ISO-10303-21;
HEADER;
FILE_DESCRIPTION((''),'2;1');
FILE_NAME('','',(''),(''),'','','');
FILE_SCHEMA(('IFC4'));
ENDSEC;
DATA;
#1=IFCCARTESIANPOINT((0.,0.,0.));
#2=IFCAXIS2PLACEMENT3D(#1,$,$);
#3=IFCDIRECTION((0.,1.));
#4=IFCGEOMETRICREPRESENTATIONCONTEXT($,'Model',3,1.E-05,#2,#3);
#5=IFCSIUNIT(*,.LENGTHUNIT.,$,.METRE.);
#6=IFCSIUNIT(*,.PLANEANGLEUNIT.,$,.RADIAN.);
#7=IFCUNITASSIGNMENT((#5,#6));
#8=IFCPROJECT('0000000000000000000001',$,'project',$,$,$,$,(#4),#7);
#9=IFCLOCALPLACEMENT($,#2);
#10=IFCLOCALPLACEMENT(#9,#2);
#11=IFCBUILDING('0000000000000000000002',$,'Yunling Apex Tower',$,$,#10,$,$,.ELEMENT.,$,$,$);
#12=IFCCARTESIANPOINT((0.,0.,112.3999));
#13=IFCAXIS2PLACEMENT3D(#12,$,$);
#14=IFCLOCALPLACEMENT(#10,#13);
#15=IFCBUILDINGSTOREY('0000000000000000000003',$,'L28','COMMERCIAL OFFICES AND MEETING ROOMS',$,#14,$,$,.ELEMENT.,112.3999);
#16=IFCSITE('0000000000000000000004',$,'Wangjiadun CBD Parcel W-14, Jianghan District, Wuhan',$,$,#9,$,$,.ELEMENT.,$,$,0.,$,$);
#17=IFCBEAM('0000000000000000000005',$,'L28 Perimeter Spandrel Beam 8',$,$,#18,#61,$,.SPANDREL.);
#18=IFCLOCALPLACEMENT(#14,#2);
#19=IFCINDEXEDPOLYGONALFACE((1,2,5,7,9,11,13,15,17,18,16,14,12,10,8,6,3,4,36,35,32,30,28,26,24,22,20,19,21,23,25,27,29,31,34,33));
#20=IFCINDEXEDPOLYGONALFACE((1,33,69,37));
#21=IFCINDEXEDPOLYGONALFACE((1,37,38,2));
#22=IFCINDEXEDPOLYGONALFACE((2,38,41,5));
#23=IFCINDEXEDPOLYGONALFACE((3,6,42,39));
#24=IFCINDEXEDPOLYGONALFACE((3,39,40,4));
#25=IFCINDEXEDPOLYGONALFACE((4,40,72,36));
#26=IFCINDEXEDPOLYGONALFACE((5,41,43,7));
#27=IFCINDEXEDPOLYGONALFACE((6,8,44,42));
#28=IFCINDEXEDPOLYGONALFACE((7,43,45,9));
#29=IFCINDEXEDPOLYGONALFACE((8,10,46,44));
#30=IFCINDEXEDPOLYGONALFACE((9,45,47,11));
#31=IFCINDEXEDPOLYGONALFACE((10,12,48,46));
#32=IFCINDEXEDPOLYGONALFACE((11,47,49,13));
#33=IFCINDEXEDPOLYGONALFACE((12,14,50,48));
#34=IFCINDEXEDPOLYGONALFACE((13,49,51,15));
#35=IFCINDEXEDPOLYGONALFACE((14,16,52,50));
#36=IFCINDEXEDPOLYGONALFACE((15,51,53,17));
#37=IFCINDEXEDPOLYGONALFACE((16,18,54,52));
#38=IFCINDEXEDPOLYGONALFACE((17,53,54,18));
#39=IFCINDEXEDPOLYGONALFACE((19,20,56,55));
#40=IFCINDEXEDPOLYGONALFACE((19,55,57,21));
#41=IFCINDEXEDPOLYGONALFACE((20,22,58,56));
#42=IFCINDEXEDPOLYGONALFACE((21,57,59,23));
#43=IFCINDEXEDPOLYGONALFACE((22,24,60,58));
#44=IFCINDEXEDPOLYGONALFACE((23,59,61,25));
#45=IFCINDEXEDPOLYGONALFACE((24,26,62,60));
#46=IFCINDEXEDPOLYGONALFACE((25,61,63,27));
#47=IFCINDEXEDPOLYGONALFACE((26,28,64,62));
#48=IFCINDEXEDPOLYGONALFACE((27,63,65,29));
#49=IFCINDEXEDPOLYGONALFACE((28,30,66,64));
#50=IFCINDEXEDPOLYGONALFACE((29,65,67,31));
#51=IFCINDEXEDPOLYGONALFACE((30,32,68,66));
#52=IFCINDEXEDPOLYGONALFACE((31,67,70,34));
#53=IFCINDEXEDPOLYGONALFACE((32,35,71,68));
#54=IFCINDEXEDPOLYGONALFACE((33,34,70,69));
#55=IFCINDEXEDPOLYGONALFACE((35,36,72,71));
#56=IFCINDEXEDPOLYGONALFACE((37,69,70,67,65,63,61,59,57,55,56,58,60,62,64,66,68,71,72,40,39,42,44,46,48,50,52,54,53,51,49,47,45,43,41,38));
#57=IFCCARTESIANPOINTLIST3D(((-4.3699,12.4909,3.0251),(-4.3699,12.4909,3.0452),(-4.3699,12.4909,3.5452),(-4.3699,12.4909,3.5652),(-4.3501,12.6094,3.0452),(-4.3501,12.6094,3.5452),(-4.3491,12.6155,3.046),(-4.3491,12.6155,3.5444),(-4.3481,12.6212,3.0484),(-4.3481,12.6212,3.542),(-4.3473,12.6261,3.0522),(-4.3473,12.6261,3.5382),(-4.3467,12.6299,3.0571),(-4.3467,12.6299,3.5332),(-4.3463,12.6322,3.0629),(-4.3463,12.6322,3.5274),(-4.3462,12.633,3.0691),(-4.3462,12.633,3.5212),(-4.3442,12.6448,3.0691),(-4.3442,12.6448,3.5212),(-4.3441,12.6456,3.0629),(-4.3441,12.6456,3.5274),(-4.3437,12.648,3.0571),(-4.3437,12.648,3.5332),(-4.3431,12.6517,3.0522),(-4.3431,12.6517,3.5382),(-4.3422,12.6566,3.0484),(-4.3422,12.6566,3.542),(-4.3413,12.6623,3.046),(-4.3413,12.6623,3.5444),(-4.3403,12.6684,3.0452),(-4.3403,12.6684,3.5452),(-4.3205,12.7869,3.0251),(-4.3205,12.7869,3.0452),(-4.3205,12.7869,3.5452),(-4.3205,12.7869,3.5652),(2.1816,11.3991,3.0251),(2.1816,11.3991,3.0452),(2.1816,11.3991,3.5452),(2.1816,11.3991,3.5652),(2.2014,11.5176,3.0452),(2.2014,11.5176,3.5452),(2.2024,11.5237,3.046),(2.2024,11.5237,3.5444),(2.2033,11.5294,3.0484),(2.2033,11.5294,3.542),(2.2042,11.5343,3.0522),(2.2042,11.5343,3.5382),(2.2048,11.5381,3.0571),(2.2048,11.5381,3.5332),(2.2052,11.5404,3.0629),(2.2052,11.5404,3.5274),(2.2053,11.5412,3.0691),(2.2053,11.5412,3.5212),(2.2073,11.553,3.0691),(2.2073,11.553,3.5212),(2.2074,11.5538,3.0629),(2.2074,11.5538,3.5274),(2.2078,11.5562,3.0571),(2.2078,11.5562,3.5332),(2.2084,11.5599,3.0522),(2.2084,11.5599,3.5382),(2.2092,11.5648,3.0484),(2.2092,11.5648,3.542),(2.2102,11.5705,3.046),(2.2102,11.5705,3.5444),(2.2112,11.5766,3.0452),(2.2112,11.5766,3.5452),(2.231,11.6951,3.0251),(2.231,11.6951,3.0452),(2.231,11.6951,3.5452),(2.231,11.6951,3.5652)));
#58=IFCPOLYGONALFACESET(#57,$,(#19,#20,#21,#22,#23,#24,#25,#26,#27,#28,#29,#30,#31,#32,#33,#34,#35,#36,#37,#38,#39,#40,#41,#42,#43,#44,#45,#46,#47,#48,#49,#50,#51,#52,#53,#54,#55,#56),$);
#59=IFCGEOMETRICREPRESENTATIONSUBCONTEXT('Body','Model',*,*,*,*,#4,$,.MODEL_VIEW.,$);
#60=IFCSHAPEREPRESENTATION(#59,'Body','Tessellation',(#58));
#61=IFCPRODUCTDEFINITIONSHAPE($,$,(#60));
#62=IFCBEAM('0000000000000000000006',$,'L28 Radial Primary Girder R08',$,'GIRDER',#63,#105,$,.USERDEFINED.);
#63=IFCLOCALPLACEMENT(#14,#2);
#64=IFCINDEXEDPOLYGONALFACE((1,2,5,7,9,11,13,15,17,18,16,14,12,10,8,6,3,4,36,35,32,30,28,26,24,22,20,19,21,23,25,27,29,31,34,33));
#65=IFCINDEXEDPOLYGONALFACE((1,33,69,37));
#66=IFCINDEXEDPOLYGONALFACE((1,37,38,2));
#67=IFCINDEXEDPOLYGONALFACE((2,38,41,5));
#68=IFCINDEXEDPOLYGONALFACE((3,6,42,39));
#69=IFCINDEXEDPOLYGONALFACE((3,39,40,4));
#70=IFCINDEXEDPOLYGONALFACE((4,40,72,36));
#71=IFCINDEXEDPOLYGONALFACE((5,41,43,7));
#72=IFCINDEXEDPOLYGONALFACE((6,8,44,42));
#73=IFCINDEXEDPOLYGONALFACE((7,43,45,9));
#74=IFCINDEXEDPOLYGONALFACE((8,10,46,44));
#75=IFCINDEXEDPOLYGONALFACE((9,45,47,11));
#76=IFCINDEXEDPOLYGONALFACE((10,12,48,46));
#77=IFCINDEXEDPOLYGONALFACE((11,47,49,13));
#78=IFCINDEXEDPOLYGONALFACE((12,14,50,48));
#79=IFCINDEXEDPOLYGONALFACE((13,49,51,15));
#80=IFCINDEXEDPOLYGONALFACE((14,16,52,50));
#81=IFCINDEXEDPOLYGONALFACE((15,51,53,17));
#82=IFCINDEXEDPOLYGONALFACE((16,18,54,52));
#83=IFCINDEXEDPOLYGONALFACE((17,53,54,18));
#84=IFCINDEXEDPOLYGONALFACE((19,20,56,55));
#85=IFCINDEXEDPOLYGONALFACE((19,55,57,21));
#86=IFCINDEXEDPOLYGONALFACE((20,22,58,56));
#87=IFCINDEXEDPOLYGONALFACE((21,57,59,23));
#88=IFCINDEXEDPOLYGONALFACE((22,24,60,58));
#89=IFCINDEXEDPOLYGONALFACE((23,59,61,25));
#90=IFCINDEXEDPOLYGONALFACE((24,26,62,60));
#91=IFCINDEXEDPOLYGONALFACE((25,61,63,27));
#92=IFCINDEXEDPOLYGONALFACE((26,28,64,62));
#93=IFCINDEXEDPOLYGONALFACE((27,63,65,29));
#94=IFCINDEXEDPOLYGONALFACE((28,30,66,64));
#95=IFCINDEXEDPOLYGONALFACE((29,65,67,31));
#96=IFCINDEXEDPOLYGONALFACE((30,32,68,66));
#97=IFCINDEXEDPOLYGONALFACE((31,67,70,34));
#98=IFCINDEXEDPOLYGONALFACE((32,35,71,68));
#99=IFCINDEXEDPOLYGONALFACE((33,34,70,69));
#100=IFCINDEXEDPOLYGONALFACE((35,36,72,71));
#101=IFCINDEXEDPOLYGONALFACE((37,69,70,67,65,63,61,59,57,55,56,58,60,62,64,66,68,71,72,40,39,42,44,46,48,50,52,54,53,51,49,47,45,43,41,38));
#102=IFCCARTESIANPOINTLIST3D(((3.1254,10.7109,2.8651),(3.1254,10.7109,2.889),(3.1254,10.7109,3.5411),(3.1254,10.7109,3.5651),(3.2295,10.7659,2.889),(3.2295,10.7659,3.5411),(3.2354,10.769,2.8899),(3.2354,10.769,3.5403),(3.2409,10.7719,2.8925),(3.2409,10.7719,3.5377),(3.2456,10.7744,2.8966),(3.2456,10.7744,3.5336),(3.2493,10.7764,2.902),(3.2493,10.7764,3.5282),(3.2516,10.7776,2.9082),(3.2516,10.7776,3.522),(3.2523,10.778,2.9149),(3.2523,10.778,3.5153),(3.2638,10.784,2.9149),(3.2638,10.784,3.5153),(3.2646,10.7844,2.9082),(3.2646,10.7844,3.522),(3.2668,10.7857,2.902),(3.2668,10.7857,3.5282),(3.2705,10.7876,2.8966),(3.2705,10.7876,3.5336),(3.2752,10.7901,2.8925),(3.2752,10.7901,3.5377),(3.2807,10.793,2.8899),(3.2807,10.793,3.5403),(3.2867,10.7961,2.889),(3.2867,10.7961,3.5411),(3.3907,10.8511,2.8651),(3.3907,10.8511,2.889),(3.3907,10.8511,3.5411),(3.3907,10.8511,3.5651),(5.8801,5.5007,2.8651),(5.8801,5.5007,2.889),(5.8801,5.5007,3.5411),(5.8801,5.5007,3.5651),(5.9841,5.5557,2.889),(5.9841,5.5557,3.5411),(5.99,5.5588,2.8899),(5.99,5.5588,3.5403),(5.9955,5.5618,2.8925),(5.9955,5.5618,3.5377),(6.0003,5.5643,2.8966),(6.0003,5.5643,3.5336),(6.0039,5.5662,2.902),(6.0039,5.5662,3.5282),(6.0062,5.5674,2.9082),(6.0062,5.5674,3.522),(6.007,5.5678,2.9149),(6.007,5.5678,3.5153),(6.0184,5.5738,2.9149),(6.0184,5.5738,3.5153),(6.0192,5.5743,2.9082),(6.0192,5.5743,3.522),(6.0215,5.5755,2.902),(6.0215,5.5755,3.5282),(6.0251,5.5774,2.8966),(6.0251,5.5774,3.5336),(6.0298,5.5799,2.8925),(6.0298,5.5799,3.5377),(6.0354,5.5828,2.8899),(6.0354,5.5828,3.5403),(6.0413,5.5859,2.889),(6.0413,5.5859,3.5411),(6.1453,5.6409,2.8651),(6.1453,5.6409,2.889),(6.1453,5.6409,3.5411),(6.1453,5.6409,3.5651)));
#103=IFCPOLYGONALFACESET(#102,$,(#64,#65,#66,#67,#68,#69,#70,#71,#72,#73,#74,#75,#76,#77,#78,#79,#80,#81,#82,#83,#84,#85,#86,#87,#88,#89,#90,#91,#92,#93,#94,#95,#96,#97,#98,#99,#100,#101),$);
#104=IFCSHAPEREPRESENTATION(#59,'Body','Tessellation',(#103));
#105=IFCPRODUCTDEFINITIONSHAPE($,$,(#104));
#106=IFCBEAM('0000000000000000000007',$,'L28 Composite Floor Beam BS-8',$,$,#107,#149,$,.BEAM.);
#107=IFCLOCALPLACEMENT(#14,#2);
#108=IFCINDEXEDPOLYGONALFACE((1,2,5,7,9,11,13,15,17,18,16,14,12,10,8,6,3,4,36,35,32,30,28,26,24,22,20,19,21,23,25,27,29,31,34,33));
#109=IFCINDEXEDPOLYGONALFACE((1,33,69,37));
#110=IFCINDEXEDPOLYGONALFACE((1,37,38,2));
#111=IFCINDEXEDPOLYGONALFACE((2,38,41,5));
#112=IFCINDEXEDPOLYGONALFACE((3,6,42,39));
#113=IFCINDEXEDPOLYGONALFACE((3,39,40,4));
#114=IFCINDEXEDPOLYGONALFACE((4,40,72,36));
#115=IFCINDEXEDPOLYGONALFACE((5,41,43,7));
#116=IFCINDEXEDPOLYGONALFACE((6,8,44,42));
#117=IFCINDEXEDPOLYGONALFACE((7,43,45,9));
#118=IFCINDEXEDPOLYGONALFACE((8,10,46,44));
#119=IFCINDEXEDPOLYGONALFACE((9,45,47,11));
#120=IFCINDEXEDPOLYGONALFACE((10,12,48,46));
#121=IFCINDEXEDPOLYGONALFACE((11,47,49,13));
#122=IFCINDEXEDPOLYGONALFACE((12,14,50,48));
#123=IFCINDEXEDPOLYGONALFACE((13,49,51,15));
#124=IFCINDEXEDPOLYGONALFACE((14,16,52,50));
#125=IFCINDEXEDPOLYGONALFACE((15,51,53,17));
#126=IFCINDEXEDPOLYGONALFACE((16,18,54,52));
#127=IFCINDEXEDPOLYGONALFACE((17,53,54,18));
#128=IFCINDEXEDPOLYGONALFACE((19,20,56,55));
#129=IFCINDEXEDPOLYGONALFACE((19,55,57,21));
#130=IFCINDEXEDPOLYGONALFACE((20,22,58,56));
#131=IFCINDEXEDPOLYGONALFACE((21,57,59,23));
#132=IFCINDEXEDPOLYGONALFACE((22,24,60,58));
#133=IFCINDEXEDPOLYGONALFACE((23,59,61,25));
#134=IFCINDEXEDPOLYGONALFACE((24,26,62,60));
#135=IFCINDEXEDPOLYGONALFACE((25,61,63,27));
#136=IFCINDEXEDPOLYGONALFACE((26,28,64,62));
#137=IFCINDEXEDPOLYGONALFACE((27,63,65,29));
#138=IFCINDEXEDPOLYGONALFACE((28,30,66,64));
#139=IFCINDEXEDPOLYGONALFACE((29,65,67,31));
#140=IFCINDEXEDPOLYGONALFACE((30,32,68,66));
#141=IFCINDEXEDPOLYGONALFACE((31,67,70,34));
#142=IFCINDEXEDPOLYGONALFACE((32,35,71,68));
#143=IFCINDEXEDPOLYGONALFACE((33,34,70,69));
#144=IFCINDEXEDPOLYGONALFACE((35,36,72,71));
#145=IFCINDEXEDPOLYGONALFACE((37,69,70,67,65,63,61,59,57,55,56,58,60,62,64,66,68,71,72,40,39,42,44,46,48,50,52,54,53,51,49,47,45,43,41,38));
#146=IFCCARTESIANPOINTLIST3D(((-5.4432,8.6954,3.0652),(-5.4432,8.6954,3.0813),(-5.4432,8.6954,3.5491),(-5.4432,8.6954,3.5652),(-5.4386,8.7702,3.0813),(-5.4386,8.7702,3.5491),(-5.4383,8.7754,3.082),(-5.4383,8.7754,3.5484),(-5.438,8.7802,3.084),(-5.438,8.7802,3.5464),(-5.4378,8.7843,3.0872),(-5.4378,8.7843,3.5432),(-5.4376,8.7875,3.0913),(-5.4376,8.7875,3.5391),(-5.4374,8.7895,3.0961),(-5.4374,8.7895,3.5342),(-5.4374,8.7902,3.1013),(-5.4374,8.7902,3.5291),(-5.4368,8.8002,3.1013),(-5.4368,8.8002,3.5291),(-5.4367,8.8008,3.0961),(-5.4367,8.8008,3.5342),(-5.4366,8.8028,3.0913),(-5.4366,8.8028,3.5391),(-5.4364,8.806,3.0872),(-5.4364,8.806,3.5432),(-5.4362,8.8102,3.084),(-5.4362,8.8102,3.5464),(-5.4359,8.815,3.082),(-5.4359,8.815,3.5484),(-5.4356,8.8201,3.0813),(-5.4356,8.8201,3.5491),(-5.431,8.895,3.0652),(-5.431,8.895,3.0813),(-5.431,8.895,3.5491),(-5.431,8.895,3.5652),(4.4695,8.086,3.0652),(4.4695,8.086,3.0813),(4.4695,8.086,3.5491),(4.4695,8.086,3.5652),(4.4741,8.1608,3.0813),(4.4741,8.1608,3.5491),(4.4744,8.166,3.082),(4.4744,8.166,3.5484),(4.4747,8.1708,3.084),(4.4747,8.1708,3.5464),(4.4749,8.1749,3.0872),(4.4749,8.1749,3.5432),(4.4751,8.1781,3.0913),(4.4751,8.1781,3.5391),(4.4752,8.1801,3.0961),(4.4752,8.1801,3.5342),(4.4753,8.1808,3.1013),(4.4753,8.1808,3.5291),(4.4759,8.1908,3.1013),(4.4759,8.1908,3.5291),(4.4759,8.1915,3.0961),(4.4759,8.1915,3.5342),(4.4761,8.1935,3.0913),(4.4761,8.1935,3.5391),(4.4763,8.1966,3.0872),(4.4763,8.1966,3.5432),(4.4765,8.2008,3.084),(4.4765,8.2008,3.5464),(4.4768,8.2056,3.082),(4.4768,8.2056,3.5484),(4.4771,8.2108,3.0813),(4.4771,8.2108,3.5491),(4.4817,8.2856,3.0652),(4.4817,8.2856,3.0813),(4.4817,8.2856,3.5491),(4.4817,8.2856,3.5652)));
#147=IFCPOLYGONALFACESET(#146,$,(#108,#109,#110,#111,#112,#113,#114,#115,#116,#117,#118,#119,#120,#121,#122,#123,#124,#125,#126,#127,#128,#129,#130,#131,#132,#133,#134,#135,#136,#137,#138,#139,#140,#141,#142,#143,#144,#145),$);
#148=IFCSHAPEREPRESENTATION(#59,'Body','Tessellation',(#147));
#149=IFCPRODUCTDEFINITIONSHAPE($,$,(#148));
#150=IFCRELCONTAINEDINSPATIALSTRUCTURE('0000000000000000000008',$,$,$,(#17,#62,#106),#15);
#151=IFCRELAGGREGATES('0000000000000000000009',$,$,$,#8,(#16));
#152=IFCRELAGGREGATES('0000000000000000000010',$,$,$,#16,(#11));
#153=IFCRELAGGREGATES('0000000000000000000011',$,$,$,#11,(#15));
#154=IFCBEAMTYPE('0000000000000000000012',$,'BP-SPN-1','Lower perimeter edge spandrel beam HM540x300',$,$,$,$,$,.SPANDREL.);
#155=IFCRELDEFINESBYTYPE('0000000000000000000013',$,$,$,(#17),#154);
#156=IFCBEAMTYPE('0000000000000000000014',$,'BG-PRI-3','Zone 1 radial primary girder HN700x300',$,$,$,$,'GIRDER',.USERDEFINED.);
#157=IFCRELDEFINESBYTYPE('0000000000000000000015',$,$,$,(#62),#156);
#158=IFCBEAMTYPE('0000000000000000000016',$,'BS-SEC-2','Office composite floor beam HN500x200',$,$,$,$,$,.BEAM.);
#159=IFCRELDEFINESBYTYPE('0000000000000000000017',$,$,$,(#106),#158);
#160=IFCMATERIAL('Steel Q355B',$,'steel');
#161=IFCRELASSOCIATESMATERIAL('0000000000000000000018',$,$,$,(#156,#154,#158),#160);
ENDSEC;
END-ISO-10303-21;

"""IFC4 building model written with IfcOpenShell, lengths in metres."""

from ifc_helpers import new_model, si_unit, direction, frame, origin, origin_2d, place, context, subcontext, project, spatial, i_section, extrude, source, transform, mapped, material, material_profile, profile_set, type_object, element, save


model = new_model("IFC4")

# Units and contexts
model_context = context("Model", 3, precision=1e-05, world=origin(), true_north=direction((0.0, 1.0)))
body_context = subcontext(model_context, "Body", "Model", "MODEL_VIEW")
ifc_project = project(units=[si_unit("LENGTHUNIT", "METRE"), si_unit("PLANEANGLEUNIT", "RADIAN")], contexts=[model_context])

# Site, building, storey
site_placement = place(None, origin())
site = spatial("IfcSite", under=ifc_project, at=site_placement, Name="Wangjiadun CBD Parcel W-14, Jianghan District, Wuhan", CompositionType="ELEMENT", RefElevation=0.0)
building_placement = place(site_placement, origin())
building = spatial("IfcBuilding", under=site, at=building_placement, Name="Yunling Apex Tower", CompositionType="ELEMENT")
storey_placement = place(building_placement, frame((0.0, 0.0, 112.3999)))
storey = spatial("IfcBuildingStorey", under=building, at=storey_placement, Name="L28", Description="COMMERCIAL OFFICES AND MEETING ROOMS", CompositionType="ELEMENT", Elevation=112.3999)

# Beams
ifc_material_1 = material(Name="Steel Q355B", Category="steel")
ifc_material_profile_1 = material_profile(ifc_material_1, i_section(OverallWidth=0.3, OverallDepth=0.7, WebThickness=0.0129, FlangeThickness=0.0239, FilletRadius=0.0259, at=origin_2d()))
ifc_profile_set_1 = profile_set([ifc_material_profile_1], Name="Steel Q355B")
beam_type_1 = type_object("IfcBeamType", Name="BG-PRI-3", Description="Zone 1 radial primary girder HN700x300", ElementType="GIRDER", PredefinedType="USERDEFINED", material=ifc_profile_set_1)
ifc_material_profile_2 = material_profile(ifc_material_1, i_section(OverallWidth=0.3, OverallDepth=0.54, WebThickness=0.012, FlangeThickness=0.02, FilletRadius=0.0239, at=origin_2d()))
ifc_profile_set_2 = profile_set([ifc_material_profile_2], Name="Steel Q355B")
beam_type_2 = type_object("IfcBeamType", Name="BP-SPN-1", Description="Lower perimeter edge spandrel beam HM540x300", PredefinedType="SPANDREL", material=ifc_profile_set_2)
shared_shape_1 = source(origin(), body_context, "Body", "SweptSolid", [
    extrude(i_section(OverallWidth=0.3, OverallDepth=0.54, WebThickness=0.012, FlangeThickness=0.02, FilletRadius=0.0239, at=origin_2d()), origin(), (0.0, 0.0, 1.0), 6.6418),
])
beam_1_placement = place(storey_placement, frame((2.2063, 11.5471, 3.2952), z_axis=(-0.986397, 0.164381, 0.0), x_axis=(-0.164381, -0.986397, 0.0)))
element("IfcBeam", 1, at=beam_1_placement, inside=storey, type_object=beam_type_2, Name="L28 Perimeter Spandrel Beam 8", PredefinedType="SPANDREL", context=body_context, shape_type="MappedRepresentation", body=[
    mapped(shared_shape_1, transform((0.0, 0.0, 0.0), scale=1.0)),
])
shared_shape_2 = source(origin(), body_context, "Body", "SweptSolid", [
    extrude(i_section(OverallWidth=0.3, OverallDepth=0.7, WebThickness=0.0129, FlangeThickness=0.0239, FilletRadius=0.0259, at=origin_2d()), origin(), (0.0, 0.0, 1.0), 5.8936),
])
beam_2_placement = place(storey_placement, frame((3.2581, 10.781, 3.2151), z_axis=(0.467397, -0.884048, 0.0), x_axis=(0.884048, 0.467397, 0.0)))
element("IfcBeam", 2, at=beam_2_placement, inside=storey, type_object=beam_type_1, Name="L28 Radial Primary Girder R08", ObjectType="GIRDER", PredefinedType="USERDEFINED", context=body_context, shape_type="MappedRepresentation", body=[
    mapped(shared_shape_2, transform((0.0, 0.0, 0.0), scale=1.0)),
])
ifc_material_profile_3 = material_profile(ifc_material_1, i_section(OverallWidth=0.2, OverallDepth=0.5, WebThickness=0.01, FlangeThickness=0.0161, FilletRadius=0.02, at=origin_2d()))
ifc_profile_set_3 = profile_set([ifc_material_profile_3], Name="Steel Q355B")
beam_type_3 = type_object("IfcBeamType", Name="BS-SEC-2", Description="Office composite floor beam HN500x200", PredefinedType="BEAM", material=ifc_profile_set_3)
shared_shape_3 = source(origin(), body_context, "Body", "SweptSolid", [
    extrude(i_section(OverallWidth=0.2, OverallDepth=0.5, WebThickness=0.01, FlangeThickness=0.0161, FilletRadius=0.02, at=origin_2d()), origin(), (0.0, 0.0, 1.0), 9.9314),
])
beam_3_placement = place(storey_placement, frame((4.4756, 8.1858, 3.3152), z_axis=(-0.998116, 0.061359, 0.0), x_axis=(-0.061359, -0.998116, 0.0)))
element("IfcBeam", 3, at=beam_3_placement, inside=storey, type_object=beam_type_3, Name="L28 Composite Floor Beam BS-8", PredefinedType="BEAM", context=body_context, shape_type="MappedRepresentation", body=[
    mapped(shared_shape_3, transform((0.0, 0.0, 0.0), scale=1.0)),
])

save(model, "model.ifc")
